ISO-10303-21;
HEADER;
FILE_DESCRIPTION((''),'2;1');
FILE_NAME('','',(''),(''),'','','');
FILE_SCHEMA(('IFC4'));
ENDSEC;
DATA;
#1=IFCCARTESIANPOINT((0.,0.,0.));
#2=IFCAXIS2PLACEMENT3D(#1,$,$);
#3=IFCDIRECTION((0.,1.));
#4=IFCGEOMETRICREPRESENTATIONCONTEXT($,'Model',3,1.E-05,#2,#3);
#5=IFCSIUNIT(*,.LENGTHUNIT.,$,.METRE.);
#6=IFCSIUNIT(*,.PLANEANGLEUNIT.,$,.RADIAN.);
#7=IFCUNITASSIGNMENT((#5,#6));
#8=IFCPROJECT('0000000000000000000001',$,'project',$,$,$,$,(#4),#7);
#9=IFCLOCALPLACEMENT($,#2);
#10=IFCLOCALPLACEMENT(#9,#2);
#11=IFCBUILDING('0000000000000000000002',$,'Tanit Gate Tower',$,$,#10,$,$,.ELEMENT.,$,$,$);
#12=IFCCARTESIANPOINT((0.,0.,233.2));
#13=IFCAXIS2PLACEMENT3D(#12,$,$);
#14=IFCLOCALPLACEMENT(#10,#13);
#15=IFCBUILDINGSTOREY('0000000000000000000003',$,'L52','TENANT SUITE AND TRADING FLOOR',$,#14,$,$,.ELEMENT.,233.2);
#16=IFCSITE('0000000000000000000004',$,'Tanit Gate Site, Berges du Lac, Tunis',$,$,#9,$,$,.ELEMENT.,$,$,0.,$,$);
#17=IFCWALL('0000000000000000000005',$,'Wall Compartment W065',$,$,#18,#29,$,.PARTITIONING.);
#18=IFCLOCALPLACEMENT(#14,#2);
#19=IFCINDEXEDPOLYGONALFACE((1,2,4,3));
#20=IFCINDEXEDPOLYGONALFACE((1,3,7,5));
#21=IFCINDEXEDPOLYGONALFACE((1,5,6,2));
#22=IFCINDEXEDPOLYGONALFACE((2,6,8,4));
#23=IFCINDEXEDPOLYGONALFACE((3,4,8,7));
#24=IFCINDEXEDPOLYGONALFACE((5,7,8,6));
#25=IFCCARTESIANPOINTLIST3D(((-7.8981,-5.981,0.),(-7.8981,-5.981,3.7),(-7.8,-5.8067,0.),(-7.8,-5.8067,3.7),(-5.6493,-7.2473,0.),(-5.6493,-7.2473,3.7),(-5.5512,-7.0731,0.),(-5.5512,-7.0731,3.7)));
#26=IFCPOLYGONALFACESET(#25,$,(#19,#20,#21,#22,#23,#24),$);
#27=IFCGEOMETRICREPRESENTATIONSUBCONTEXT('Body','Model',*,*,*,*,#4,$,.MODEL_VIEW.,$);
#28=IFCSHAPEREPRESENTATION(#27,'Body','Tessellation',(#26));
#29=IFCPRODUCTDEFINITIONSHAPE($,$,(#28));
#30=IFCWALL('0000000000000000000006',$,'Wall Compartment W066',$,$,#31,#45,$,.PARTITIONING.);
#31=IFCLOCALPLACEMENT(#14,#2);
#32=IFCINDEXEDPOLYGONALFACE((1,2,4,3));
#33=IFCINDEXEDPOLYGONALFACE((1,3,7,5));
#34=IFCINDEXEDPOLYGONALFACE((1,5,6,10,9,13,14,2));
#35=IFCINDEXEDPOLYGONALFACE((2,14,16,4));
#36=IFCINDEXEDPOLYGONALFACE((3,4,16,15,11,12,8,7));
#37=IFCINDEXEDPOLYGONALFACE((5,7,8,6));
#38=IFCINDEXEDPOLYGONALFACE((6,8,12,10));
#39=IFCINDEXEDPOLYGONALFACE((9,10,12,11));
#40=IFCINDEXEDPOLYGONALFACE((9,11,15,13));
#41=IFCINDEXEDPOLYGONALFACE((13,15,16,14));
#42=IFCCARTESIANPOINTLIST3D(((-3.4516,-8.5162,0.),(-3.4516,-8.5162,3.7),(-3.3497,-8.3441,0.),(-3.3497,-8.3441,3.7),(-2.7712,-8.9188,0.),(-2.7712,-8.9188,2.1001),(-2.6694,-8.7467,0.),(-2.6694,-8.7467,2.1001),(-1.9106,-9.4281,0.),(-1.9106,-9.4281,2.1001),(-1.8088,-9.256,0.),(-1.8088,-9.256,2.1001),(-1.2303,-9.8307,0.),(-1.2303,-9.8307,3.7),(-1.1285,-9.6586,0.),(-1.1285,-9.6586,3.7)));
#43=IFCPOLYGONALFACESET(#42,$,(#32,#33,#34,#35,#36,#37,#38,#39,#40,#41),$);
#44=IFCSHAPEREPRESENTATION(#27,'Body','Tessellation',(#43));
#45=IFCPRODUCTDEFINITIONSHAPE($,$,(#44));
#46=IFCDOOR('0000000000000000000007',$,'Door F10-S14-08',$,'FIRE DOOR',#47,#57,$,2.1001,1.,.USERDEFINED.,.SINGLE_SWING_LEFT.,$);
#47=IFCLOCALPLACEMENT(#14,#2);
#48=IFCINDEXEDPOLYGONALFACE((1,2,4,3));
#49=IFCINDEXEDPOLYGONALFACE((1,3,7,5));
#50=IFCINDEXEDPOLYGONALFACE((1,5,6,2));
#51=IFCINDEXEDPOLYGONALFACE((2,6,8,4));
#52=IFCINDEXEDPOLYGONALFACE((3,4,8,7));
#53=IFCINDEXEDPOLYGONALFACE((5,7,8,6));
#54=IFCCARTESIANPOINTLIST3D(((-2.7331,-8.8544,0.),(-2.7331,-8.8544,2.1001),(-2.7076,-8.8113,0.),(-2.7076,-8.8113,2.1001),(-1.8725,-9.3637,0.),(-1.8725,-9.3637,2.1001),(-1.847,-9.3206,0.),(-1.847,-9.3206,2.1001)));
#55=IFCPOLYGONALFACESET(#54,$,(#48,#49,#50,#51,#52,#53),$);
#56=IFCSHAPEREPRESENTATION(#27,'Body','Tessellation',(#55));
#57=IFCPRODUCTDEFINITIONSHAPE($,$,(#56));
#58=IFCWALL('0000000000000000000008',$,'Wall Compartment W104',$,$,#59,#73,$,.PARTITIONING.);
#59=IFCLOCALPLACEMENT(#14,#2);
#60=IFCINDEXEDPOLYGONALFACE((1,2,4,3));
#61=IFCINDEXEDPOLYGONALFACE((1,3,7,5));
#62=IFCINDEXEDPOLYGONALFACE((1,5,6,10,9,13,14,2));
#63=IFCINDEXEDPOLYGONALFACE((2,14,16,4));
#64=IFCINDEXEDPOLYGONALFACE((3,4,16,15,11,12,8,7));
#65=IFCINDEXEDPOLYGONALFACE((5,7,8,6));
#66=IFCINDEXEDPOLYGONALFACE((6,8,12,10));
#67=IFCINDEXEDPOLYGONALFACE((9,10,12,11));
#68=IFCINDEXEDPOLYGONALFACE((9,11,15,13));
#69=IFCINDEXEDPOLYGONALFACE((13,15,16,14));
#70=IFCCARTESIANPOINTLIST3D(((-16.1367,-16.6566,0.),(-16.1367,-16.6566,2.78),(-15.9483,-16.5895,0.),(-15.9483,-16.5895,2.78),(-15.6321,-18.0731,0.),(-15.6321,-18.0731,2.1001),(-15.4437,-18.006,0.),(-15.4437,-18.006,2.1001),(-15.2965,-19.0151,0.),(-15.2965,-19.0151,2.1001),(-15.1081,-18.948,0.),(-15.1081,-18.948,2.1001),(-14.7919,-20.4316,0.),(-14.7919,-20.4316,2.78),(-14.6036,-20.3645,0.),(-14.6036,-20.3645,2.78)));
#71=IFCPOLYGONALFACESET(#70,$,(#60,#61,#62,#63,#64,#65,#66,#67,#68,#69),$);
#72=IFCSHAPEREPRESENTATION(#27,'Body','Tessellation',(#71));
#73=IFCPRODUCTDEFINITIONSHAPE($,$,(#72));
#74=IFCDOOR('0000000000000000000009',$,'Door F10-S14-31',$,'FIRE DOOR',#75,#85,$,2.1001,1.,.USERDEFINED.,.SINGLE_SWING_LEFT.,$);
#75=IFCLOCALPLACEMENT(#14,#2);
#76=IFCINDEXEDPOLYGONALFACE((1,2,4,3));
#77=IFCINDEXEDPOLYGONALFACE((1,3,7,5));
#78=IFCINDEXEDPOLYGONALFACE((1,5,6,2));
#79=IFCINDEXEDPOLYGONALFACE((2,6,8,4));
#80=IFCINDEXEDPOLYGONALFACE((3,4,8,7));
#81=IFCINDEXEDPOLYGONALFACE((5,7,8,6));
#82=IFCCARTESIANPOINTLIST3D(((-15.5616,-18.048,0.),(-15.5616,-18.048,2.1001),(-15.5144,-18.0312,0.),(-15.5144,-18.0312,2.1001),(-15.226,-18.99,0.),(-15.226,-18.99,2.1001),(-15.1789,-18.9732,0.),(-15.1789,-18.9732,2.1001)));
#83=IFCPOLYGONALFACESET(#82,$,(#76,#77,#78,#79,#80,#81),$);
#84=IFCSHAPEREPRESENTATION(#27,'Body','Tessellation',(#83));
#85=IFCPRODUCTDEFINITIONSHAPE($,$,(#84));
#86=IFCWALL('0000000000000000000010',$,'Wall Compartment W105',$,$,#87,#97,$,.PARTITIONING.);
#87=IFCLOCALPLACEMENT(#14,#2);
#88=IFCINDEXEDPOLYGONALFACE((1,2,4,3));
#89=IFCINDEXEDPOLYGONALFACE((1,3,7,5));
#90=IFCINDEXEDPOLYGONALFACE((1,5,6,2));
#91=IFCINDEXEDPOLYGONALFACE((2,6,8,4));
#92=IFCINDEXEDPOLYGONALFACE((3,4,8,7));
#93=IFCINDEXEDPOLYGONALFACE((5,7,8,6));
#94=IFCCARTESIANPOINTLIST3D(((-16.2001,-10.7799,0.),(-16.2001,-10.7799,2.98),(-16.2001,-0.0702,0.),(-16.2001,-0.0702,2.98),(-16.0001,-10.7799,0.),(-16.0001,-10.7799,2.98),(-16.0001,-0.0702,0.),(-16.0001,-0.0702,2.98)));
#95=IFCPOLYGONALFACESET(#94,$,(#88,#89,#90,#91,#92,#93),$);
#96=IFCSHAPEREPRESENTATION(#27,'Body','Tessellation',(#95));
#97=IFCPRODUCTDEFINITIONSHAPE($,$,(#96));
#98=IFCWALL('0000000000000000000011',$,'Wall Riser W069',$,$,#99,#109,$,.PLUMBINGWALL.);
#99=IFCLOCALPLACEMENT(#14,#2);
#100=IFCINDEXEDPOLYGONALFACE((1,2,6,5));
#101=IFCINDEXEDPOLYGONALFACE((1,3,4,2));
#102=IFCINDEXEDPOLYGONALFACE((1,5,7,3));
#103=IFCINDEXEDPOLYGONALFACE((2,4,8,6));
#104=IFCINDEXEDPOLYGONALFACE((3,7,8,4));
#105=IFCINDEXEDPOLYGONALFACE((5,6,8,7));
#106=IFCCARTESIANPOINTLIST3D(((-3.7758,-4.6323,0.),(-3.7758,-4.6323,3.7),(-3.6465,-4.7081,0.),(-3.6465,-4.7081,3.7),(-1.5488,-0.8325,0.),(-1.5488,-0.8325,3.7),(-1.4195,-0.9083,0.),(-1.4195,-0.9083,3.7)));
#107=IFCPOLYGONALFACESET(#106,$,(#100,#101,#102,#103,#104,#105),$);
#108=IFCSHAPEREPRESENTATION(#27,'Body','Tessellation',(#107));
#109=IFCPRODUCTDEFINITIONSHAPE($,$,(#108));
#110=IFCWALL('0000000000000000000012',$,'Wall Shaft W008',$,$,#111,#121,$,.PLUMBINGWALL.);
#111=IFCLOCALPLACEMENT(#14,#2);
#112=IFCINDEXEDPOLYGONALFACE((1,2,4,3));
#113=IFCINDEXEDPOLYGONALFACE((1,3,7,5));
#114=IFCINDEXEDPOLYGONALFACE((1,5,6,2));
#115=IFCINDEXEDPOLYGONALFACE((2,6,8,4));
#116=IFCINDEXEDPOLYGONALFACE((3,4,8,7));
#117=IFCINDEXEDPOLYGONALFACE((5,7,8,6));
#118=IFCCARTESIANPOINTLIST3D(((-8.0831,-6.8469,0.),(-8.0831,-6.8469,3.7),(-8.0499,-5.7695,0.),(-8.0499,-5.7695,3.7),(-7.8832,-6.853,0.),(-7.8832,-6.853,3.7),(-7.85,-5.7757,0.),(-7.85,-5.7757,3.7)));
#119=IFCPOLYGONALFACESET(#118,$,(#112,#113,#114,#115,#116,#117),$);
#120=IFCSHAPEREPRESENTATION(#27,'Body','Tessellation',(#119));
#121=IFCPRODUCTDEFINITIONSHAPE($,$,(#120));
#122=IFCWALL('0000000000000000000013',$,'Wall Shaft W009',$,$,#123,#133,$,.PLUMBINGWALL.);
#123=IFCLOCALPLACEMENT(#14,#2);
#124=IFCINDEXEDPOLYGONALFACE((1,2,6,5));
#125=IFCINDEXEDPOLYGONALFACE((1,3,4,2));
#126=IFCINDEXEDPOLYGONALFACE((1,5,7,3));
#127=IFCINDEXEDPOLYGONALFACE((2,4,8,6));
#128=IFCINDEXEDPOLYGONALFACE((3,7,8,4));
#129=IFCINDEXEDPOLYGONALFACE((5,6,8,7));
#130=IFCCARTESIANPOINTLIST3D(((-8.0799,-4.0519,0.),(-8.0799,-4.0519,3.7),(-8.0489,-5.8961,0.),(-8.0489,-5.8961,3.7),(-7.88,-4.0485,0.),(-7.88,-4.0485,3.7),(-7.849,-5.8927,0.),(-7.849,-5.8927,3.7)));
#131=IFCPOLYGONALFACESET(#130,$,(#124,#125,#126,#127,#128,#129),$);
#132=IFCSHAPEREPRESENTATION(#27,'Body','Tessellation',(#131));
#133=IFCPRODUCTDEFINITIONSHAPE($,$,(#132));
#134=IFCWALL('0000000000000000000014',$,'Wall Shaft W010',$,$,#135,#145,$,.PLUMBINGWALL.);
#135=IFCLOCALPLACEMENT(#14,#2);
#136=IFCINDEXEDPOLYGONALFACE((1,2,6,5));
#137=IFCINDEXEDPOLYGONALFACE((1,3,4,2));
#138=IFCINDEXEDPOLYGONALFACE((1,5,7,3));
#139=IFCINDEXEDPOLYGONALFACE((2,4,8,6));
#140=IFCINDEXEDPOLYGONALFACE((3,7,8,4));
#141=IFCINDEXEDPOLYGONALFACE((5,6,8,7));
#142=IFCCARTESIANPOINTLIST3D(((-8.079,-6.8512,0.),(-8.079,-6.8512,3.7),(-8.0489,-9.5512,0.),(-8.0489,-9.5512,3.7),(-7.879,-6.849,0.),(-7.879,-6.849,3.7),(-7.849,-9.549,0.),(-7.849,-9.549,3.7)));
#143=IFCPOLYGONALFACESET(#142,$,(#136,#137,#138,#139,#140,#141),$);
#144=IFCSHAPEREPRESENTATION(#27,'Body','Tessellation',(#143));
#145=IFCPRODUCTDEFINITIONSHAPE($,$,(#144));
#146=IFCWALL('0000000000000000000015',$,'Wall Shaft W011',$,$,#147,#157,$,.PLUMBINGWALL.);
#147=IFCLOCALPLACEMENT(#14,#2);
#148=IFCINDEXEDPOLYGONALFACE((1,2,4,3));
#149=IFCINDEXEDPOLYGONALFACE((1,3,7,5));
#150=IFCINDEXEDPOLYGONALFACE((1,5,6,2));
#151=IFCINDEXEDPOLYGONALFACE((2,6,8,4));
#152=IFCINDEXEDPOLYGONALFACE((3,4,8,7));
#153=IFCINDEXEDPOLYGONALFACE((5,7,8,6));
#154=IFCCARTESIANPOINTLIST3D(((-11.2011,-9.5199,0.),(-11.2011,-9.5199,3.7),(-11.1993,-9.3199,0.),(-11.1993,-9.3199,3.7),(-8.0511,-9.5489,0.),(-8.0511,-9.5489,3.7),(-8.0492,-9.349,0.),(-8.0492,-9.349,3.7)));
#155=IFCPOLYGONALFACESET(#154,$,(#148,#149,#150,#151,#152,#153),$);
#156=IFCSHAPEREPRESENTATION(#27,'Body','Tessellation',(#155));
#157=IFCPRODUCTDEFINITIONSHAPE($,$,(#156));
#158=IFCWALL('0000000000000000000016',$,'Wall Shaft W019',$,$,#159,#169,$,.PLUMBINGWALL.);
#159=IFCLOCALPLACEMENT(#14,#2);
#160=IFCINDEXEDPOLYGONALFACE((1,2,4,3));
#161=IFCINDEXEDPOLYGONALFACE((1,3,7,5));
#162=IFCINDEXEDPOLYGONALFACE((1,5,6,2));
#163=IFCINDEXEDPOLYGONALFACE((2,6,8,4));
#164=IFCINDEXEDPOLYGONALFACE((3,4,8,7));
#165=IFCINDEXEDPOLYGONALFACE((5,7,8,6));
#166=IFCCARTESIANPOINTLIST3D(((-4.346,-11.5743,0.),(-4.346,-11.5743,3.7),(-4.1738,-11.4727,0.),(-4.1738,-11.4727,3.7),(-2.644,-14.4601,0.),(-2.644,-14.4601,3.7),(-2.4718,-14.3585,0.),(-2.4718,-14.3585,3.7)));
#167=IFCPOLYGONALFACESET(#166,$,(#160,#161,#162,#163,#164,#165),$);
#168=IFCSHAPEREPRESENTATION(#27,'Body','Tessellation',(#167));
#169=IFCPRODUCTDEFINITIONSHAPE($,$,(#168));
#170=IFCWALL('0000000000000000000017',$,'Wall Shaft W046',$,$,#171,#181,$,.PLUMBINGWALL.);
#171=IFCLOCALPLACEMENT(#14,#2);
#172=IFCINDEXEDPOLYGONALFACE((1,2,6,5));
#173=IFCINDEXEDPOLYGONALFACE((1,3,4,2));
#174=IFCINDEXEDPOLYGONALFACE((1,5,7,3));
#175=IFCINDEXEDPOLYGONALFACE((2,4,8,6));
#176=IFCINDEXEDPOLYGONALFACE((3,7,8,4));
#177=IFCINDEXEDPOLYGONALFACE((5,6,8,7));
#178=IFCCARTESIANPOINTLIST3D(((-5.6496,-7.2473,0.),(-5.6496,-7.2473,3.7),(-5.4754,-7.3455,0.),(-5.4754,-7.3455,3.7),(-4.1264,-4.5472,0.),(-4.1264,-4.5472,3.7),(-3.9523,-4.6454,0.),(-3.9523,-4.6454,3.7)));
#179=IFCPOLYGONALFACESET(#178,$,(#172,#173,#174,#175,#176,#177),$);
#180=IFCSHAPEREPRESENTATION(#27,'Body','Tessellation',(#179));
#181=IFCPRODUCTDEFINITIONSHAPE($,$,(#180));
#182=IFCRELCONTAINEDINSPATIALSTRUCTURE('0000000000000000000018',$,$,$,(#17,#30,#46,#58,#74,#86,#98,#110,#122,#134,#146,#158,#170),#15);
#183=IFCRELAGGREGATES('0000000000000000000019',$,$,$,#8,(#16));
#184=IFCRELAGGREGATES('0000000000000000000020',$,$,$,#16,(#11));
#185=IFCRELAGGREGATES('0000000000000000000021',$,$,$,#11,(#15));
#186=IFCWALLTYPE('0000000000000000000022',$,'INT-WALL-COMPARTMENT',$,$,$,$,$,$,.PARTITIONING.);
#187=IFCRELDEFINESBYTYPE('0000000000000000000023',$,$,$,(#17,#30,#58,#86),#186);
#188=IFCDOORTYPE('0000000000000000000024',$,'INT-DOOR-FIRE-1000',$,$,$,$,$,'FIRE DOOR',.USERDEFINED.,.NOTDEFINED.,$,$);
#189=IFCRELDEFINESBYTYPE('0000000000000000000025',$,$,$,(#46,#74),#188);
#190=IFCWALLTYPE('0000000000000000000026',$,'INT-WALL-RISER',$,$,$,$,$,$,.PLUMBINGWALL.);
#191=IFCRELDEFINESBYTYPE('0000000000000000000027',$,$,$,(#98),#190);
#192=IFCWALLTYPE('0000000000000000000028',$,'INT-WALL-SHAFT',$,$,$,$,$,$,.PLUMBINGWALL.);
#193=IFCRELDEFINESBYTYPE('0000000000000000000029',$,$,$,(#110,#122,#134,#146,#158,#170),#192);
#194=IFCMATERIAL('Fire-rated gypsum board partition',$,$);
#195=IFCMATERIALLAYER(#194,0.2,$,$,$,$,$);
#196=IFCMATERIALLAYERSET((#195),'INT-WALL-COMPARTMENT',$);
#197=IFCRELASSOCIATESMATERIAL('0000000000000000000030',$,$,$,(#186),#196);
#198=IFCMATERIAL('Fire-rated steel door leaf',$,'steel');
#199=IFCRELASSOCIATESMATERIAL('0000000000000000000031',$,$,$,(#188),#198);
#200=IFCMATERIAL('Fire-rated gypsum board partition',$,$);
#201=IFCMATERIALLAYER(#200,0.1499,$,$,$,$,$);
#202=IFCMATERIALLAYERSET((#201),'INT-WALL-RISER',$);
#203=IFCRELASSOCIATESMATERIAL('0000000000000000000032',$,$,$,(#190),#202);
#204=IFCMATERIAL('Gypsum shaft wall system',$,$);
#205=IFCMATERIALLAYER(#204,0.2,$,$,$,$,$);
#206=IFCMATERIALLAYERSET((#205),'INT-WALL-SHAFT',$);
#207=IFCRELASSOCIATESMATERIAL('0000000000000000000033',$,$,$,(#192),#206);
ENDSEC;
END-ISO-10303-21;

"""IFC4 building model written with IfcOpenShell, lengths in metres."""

from ifc_helpers import new_model, si_unit, direction, frame, frame_2d, origin, place, context, subcontext, project, spatial, rectangle, extrude, material, layer, layer_set, type_object, element, fill, save


model = new_model("IFC4")

# Units and contexts
model_context = context("Model", 3, precision=1e-05, world=origin(), true_north=direction((0.0, 1.0)))
body_context = subcontext(model_context, "Body", "Model", "MODEL_VIEW")
ifc_project = project(units=[si_unit("LENGTHUNIT", "METRE"), si_unit("PLANEANGLEUNIT", "RADIAN")], contexts=[model_context])

# Site, building, storey
site_placement = place(None, origin())
site = spatial("IfcSite", under=ifc_project, at=site_placement, Name="Tanit Gate Site, Berges du Lac, Tunis", CompositionType="ELEMENT", RefElevation=0.0)
building_placement = place(site_placement, origin())
building = spatial("IfcBuilding", under=site, at=building_placement, Name="Tanit Gate Tower", CompositionType="ELEMENT")
storey_placement = place(building_placement, frame((0.0, 0.0, 233.2)))
storey = spatial("IfcBuildingStorey", under=building, at=storey_placement, Name="L52", Description="TENANT SUITE AND TRADING FLOOR", CompositionType="ELEMENT", Elevation=233.2)

# Wall
ifc_material_1 = material(Name="Fire-rated gypsum board partition")
ifc_layer_1 = layer(ifc_material_1, 0.2)
ifc_layer_set_1 = layer_set([ifc_layer_1], Name="INT-WALL-COMPARTMENT")
wall_type_1 = type_object("IfcWallType", Name="INT-WALL-COMPARTMENT", PredefinedType="PARTITIONING", material=ifc_layer_set_1)
wall_1_placement = place(storey_placement, frame((-7.8491, -5.8938, 0.0), z_axis=(0.0, 0.0, 1.0), x_axis=(0.87134, -0.490679, 0.0)))
element("IfcWall", 1, at=wall_1_placement, inside=storey, type_object=wall_type_1, Name="Wall Compartment W065", PredefinedType="PARTITIONING", context=body_context, shape_type="SweptSolid", body=[
    extrude(rectangle(XDim=2.5808, YDim=0.2, at=frame_2d((1.2905, 0.0))), origin(), (0.0, 0.0, 1.0), 3.7),
])

# Walls, openings, doors
wall_2_placement = place(storey_placement, frame((-3.4006, -8.4302, 0.0), z_axis=(0.0, 0.0, 1.0), x_axis=(0.860599, -0.509284, 0.0)))
wall_2 = element("IfcWall", 2, at=wall_2_placement, inside=storey, type_object=wall_type_1, Name="Wall Compartment W066", PredefinedType="PARTITIONING", context=body_context, shape_type="SweptSolid", body=[
    extrude(rectangle(XDim=2.5811, YDim=0.2, at=frame_2d((1.2905, 0.0))), origin(), (0.0, 0.0, 1.0), 3.7),
])
opening_1_placement = place(wall_2_placement, frame((0.7905, 0.0, 0.0)))
opening_1 = element("IfcOpeningElement", 3, at=opening_1_placement, cuts=wall_2, PredefinedType="OPENING", context=body_context, shape_type="SweptSolid", body=[
    extrude(rectangle(XDim=1.0, YDim=2.1001, at=frame_2d((0.5, 1.05))), frame((0.0, 0.1099, 0.0), z_axis=(0.0, -1.0, 0.0), x_axis=(1.0, 0.0, 0.0)), (0.0, 0.0, 1.0), 0.22),
])
ifc_material_2 = material(Name="Fire-rated steel door leaf", Category="steel")
door_type_1 = type_object("IfcDoorType", Name="INT-DOOR-FIRE-1000", ElementType="FIRE DOOR", OperationType="NOTDEFINED", PredefinedType="USERDEFINED", material=ifc_material_2)
door_1_placement = place(opening_1_placement, origin())
door_1 = element("IfcDoor", 4, at=door_1_placement, inside=storey, type_object=door_type_1, Name="Door F10-S14-08", ObjectType="FIRE DOOR", OperationType="SINGLE_SWING_LEFT", OverallHeight=2.1001, OverallWidth=1.0, PredefinedType="USERDEFINED", context=body_context, shape_type="SweptSolid", body=[
    extrude(rectangle(XDim=1.0, YDim=2.1001, at=frame_2d((0.5, 1.05))), frame((0.0, 0.0249, 0.0), z_axis=(0.0, -1.0, 0.0), x_axis=(1.0, 0.0, 0.0)), (0.0, 0.0, 1.0), 0.05),
])
fill(opening_1, door_1)
wall_3_placement = place(storey_placement, frame((-16.0425, -16.623, 0.0), z_axis=(0.0, 0.0, 1.0), x_axis=(0.335572, -0.942015, 0.0)))
wall_3 = element("IfcWall", 5, at=wall_3_placement, inside=storey, type_object=wall_type_1, Name="Wall Compartment W104", PredefinedType="PARTITIONING", context=body_context, shape_type="SweptSolid", body=[
    extrude(rectangle(XDim=4.0073, YDim=0.2, at=frame_2d((2.0037, 0.0))), origin(), (0.0, 0.0, 1.0), 2.78),
])
opening_2_placement = place(wall_3_placement, frame((1.5037, 0.0, 0.0)))
opening_2 = element("IfcOpeningElement", 6, at=opening_2_placement, cuts=wall_3, PredefinedType="OPENING", context=body_context, shape_type="SweptSolid", body=[
    extrude(rectangle(XDim=1.0, YDim=2.1001, at=frame_2d((0.5, 1.05))), frame((0.0, 0.1099, 0.0), z_axis=(0.0, -1.0, 0.0), x_axis=(1.0, 0.0, 0.0)), (0.0, 0.0, 1.0), 0.22),
])
door_2_placement = place(opening_2_placement, origin())
door_2 = element("IfcDoor", 7, at=door_2_placement, inside=storey, type_object=door_type_1, Name="Door F10-S14-31", ObjectType="FIRE DOOR", OperationType="SINGLE_SWING_LEFT", OverallHeight=2.1001, OverallWidth=1.0, PredefinedType="USERDEFINED", context=body_context, shape_type="SweptSolid", body=[
    extrude(rectangle(XDim=1.0, YDim=2.1001, at=frame_2d((0.5, 1.05))), frame((0.0, 0.0249, 0.0), z_axis=(0.0, -1.0, 0.0), x_axis=(1.0, 0.0, 0.0)), (0.0, 0.0, 1.0), 0.05),
])
fill(opening_2, door_2)

# Walls
wall_4_placement = place(storey_placement, frame((-16.1001, -0.0701, 0.0), z_axis=(0.0, 0.0, 1.0), x_axis=(0.0, -1.0, 0.0)))
element("IfcWall", 8, at=wall_4_placement, inside=storey, type_object=wall_type_1, Name="Wall Compartment W105", PredefinedType="PARTITIONING", context=body_context, shape_type="SweptSolid", body=[
    extrude(rectangle(XDim=10.7097, YDim=0.2, at=frame_2d((5.355, 0.0))), origin(), (0.0, 0.0, 1.0), 2.98),
])
ifc_material_3 = material(Name="Fire-rated gypsum board partition")
ifc_layer_2 = layer(ifc_material_3, 0.1499)
ifc_layer_set_2 = layer_set([ifc_layer_2], Name="INT-WALL-RISER")
wall_type_2 = type_object("IfcWallType", Name="INT-WALL-RISER", PredefinedType="PLUMBINGWALL", material=ifc_layer_set_2)
wall_5_placement = place(storey_placement, frame((-3.7112, -4.6702, 0.0), z_axis=(0.0, 0.0, 1.0), x_axis=(0.505648, 0.86274, 0.0)))
element("IfcWall", 9, at=wall_5_placement, inside=storey, type_object=wall_type_2, Name="Wall Riser W069", PredefinedType="PLUMBINGWALL", context=body_context, shape_type="SweptSolid", body=[
    extrude(rectangle(XDim=4.4043, YDim=0.1499, at=frame_2d((2.2021, 0.0))), origin(), (0.0, 0.0, 1.0), 3.7),
])
ifc_material_4 = material(Name="Gypsum shaft wall system")
ifc_layer_3 = layer(ifc_material_4, 0.2)
ifc_layer_set_3 = layer_set([ifc_layer_3], Name="INT-WALL-SHAFT")
wall_type_3 = type_object("IfcWallType", Name="INT-WALL-SHAFT", PredefinedType="PLUMBINGWALL", material=ifc_layer_set_3)
wall_6_placement = place(storey_placement, frame((-7.95, -5.7725, 0.0), z_axis=(0.0, 0.0, 1.0), x_axis=(-0.030803, -0.999525, 0.0)))
element("IfcWall", 10, at=wall_6_placement, inside=storey, type_object=wall_type_3, Name="Wall Shaft W008", PredefinedType="PLUMBINGWALL", context=body_context, shape_type="SweptSolid", body=[
    extrude(rectangle(XDim=1.0779, YDim=0.2, at=frame_2d((0.5391, 0.0))), origin(), (0.0, 0.0, 1.0), 3.7),
])
wall_7_placement = place(storey_placement, frame((-7.98, -4.05, 0.0), z_axis=(0.0, 0.0, 1.0), x_axis=(0.01681, -0.999859, 0.0)))
element("IfcWall", 11, at=wall_7_placement, inside=storey, type_object=wall_type_3, Name="Wall Shaft W009", PredefinedType="PLUMBINGWALL", context=body_context, shape_type="SweptSolid", body=[
    extrude(rectangle(XDim=1.8445, YDim=0.2, at=frame_2d((0.9224, 0.0))), origin(), (0.0, 0.0, 1.0), 3.7),
])
wall_8_placement = place(storey_placement, frame((-7.979, -6.8501, 0.0), z_axis=(0.0, 0.0, 1.0), x_axis=(0.011121, -0.999938, 0.0)))
element("IfcWall", 12, at=wall_8_placement, inside=storey, type_object=wall_type_3, Name="Wall Shaft W010", PredefinedType="PLUMBINGWALL", context=body_context, shape_type="SweptSolid", body=[
    extrude(rectangle(XDim=2.7002, YDim=0.2, at=frame_2d((1.3501, 0.0))), origin(), (0.0, 0.0, 1.0), 3.7),
])
wall_9_placement = place(storey_placement, frame((-8.05, -9.449, 0.0), z_axis=(0.0, 0.0, 1.0), x_axis=(-0.999957, 0.009223, 0.0)))
element("IfcWall", 13, at=wall_9_placement, inside=storey, type_object=wall_type_3, Name="Wall Shaft W011", PredefinedType="PLUMBINGWALL", context=body_context, shape_type="SweptSolid", body=[
    extrude(rectangle(XDim=3.1501, YDim=0.2, at=frame_2d((1.5752, 0.0))), origin(), (0.0, 0.0, 1.0), 3.7),
])
wall_10_placement = place(storey_placement, frame((-2.5579, -14.4094, 0.0), z_axis=(0.0, 0.0, 1.0), x_axis=(-0.507997, 0.861359, 0.0)))
element("IfcWall", 14, at=wall_10_placement, inside=storey, type_object=wall_type_3, Name="Wall Shaft W019", PredefinedType="PLUMBINGWALL", context=body_context, shape_type="SweptSolid", body=[
    extrude(rectangle(XDim=3.3503, YDim=0.2, at=frame_2d((1.6753, 0.0))), origin(), (0.0, 0.0, 1.0), 3.7),
])

# Wall
wall_11_placement = place(storey_placement, frame((-5.5625, -7.2964, 0.0), z_axis=(0.0, 0.0, 1.0), x_axis=(0.491323, 0.870978, 0.0)))
element("IfcWall", 15, at=wall_11_placement, inside=storey, type_object=wall_type_3, Name="Wall Shaft W046", PredefinedType="PLUMBINGWALL", context=body_context, shape_type="SweptSolid", body=[
    extrude(rectangle(XDim=3.1001, YDim=0.2, at=frame_2d((1.55, 0.0))), origin(), (0.0, 0.0, 1.0), 3.7),
])

save(model, "model.ifc")
